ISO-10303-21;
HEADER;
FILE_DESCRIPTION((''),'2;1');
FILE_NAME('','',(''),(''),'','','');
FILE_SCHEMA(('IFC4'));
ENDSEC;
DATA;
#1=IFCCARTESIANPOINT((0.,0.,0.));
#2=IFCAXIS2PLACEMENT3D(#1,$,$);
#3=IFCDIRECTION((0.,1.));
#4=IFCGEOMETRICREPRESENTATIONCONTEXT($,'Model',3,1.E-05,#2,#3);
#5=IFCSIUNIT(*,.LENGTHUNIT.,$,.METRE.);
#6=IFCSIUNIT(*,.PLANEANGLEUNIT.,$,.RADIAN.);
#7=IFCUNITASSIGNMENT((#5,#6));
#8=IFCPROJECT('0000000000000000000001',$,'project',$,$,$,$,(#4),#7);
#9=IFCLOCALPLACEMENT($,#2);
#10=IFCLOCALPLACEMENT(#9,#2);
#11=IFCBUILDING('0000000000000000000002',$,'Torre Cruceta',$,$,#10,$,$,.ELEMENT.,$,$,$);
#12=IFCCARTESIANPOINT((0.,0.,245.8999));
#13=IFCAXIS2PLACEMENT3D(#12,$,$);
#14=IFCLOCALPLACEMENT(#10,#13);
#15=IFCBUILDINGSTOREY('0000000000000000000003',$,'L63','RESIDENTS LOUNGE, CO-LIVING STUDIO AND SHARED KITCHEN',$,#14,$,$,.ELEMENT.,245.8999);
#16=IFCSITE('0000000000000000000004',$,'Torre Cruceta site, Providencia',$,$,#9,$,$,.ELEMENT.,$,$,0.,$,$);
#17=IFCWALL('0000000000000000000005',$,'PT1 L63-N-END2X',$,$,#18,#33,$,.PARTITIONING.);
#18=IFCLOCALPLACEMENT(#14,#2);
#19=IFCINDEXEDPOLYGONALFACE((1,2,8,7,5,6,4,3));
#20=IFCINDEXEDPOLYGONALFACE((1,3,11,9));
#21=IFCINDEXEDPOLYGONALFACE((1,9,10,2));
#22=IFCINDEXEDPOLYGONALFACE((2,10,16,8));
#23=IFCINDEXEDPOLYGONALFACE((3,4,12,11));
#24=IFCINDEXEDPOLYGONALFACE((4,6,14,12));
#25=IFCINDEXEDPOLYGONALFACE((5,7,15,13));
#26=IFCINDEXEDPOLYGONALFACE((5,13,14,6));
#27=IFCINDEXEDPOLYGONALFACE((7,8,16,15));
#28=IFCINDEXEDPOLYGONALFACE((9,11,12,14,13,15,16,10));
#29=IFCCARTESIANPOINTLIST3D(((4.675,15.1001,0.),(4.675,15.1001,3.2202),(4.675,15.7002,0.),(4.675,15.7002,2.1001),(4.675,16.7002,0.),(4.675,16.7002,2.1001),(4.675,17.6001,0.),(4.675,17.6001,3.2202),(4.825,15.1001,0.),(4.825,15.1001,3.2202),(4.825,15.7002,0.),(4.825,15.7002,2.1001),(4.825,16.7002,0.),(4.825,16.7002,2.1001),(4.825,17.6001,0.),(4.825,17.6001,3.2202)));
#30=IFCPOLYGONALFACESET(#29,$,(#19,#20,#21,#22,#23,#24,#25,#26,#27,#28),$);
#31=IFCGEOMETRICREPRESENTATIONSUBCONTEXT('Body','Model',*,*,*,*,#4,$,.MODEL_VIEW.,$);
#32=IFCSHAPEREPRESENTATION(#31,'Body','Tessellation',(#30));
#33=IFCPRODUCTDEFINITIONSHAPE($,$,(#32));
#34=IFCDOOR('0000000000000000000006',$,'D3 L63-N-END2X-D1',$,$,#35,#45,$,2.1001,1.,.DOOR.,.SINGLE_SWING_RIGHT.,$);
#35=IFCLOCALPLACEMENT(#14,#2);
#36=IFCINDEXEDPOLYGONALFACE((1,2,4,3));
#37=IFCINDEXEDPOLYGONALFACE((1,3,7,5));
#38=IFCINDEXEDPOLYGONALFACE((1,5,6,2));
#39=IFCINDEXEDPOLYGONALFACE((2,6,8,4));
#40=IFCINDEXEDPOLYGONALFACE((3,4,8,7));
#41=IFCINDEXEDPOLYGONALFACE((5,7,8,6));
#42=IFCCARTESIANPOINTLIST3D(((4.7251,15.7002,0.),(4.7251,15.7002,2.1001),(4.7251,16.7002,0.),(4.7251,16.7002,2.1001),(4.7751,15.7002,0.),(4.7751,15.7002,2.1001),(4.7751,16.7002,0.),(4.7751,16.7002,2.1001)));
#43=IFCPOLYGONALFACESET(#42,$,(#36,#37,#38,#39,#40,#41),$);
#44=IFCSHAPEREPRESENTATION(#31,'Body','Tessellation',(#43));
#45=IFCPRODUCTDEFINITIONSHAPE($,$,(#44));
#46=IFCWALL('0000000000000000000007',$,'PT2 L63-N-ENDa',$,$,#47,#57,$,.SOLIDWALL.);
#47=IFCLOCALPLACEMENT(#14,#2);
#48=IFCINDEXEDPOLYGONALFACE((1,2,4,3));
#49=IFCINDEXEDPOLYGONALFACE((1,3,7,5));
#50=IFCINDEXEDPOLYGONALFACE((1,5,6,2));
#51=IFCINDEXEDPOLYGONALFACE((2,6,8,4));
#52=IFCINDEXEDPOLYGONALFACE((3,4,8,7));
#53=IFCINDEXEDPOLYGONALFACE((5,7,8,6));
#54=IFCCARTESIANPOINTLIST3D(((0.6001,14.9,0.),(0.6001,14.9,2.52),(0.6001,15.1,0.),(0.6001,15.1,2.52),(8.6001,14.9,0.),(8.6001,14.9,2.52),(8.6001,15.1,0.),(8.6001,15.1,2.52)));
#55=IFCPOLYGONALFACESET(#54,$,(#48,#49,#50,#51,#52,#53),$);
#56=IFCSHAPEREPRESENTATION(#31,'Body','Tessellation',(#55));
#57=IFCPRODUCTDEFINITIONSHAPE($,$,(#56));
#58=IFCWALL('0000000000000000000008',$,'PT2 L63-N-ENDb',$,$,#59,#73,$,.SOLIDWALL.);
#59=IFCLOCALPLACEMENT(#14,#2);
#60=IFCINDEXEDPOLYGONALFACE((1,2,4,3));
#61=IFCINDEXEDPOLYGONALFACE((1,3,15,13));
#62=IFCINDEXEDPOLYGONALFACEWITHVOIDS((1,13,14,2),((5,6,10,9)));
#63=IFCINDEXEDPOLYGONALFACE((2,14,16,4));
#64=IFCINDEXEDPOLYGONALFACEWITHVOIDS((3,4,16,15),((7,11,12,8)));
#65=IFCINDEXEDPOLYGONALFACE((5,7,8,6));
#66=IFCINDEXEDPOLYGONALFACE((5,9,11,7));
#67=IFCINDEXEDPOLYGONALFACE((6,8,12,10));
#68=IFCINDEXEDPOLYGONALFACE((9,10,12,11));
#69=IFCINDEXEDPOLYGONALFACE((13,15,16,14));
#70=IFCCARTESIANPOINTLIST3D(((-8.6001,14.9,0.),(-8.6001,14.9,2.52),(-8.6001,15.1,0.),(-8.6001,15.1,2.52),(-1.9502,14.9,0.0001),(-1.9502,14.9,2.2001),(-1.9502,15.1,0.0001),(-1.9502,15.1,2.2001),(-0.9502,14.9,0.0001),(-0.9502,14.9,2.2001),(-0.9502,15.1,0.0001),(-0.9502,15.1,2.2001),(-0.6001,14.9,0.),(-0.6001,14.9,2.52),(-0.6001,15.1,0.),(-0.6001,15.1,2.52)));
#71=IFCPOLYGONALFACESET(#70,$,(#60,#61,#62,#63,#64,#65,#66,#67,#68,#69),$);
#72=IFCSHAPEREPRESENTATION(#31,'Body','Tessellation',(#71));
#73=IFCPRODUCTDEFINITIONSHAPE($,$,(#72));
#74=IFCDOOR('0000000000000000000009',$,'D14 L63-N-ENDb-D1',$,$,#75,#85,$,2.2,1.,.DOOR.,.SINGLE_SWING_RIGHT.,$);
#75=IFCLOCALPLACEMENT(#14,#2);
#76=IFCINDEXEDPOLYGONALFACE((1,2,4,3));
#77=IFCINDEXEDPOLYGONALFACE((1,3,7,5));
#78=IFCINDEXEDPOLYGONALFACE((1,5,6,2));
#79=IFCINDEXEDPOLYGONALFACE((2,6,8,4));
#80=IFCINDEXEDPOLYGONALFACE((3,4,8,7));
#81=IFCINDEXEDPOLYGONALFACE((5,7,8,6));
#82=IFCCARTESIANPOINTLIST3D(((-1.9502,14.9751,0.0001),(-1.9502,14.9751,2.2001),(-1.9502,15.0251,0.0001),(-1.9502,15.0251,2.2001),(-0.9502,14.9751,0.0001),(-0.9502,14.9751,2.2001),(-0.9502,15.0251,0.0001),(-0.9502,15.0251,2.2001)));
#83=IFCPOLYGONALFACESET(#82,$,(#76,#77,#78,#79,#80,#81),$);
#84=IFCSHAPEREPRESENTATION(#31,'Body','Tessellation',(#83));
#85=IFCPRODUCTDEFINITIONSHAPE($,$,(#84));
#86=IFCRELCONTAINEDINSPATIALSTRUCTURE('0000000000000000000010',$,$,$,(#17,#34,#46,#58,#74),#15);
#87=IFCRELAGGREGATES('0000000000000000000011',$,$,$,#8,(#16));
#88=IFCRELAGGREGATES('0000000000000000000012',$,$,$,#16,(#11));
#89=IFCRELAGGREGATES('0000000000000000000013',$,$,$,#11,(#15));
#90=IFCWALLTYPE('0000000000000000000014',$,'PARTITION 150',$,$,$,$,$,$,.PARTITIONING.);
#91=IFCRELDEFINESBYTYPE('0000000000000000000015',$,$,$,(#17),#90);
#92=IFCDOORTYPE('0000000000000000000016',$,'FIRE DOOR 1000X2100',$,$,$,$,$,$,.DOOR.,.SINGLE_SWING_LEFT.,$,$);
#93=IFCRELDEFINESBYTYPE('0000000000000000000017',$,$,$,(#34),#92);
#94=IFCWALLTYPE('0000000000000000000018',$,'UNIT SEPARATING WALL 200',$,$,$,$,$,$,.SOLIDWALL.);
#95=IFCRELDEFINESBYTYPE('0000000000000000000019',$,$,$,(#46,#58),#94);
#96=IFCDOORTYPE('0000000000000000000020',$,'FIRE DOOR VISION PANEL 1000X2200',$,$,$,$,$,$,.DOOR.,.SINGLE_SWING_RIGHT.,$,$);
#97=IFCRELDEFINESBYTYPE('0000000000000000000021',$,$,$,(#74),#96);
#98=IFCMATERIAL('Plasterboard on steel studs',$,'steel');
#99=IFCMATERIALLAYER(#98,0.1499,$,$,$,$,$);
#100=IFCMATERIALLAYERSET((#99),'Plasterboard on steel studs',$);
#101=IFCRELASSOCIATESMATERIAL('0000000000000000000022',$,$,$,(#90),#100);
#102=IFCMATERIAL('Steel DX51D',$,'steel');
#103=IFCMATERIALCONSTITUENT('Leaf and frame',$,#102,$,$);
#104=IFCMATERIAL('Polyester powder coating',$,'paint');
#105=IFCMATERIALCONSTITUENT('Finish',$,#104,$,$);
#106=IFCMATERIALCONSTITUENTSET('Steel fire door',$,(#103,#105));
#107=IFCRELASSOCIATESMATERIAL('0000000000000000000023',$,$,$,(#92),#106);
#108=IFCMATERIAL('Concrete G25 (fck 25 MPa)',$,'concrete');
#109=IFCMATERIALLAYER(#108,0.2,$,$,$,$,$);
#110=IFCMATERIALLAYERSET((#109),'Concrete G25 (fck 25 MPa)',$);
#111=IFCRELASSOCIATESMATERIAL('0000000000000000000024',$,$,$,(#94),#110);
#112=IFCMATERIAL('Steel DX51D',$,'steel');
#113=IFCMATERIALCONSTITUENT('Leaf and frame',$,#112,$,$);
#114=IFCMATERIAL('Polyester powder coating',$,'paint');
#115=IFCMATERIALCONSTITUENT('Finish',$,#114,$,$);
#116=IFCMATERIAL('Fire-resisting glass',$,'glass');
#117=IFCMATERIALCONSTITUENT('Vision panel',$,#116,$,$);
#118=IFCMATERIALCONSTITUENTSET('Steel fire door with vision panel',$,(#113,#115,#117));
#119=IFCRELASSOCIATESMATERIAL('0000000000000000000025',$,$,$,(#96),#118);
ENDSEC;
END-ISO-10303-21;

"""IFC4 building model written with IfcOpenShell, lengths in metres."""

from ifc_helpers import new_model, si_unit, direction, frame, frame_2d, origin, place, context, subcontext, project, spatial, rectangle, extrude, material, layer, layer_set, constituent, constituent_set, type_object, element, fill, save


model = new_model("IFC4")

# Units and contexts
model_context = context("Model", 3, precision=1e-05, world=origin(), true_north=direction((0.0, 1.0)))
body_context = subcontext(model_context, "Body", "Model", "MODEL_VIEW")
ifc_project = project(units=[si_unit("LENGTHUNIT", "METRE"), si_unit("PLANEANGLEUNIT", "RADIAN")], contexts=[model_context])

# Site, building, storey
site_placement = place(None, origin())
site = spatial("IfcSite", under=ifc_project, at=site_placement, Name="Torre Cruceta site, Providencia", CompositionType="ELEMENT", RefElevation=0.0)
building_placement = place(site_placement, origin())
building = spatial("IfcBuilding", under=site, at=building_placement, Name="Torre Cruceta", CompositionType="ELEMENT")
storey_placement = place(building_placement, frame((0.0, 0.0, 245.8999)))
storey = spatial("IfcBuildingStorey", under=building, at=storey_placement, Name="L63", Description="RESIDENTS LOUNGE, CO-LIVING STUDIO AND SHARED KITCHEN", CompositionType="ELEMENT", Elevation=245.8999)

# Wall, opening, door
ifc_material_1 = material(Name="Plasterboard on steel studs", Category="steel")
ifc_layer_1 = layer(ifc_material_1, 0.1499)
ifc_layer_set_1 = layer_set([ifc_layer_1], Name="Plasterboard on steel studs")
wall_type_1 = type_object("IfcWallType", Name="PARTITION 150", PredefinedType="PARTITIONING", material=ifc_layer_set_1)
wall_1_placement = place(storey_placement, frame((4.75, 15.1001, 0.0), z_axis=(0.0, 0.0, 1.0), x_axis=(0.0, 1.0, 0.0)))
wall_1 = element("IfcWall", 1, at=wall_1_placement, inside=storey, type_object=wall_type_1, Name="PT1 L63-N-END2X", PredefinedType="PARTITIONING", context=body_context, shape_type="SweptSolid", body=[
    extrude(rectangle(XDim=2.5, YDim=0.1499, at=frame_2d((1.25, 0.0))), origin(), (0.0, 0.0, 1.0), 3.2202),
])
opening_1_placement = place(wall_1_placement, frame((0.6001, 0.0, 0.0)))
opening_1 = element("IfcOpeningElement", 2, at=opening_1_placement, cuts=wall_1, PredefinedType="OPENING", context=body_context, shape_type="SweptSolid", body=[
    extrude(rectangle(XDim=1.0, YDim=2.1001, at=frame_2d((0.5, 1.05))), frame((0.0, 0.085, 0.0), z_axis=(0.0, -1.0, 0.0), x_axis=(1.0, 0.0, 0.0)), (0.0, 0.0, 1.0), 0.1699),
])
ifc_material_2 = material(Name="Steel DX51D", Category="steel")
ifc_constituent_1 = constituent(ifc_material_2, Name="Leaf and frame")
ifc_material_3 = material(Name="Polyester powder coating", Category="paint")
ifc_constituent_2 = constituent(ifc_material_3, Name="Finish")
ifc_constituent_set_1 = constituent_set(constituents=[ifc_constituent_1, ifc_constituent_2], Name="Steel fire door")
door_type_1 = type_object("IfcDoorType", Name="FIRE DOOR 1000X2100", OperationType="SINGLE_SWING_LEFT", PredefinedType="DOOR", material=ifc_constituent_set_1)
door_1_placement = place(opening_1_placement, frame((1.0, 0.0, 0.0), z_axis=(0.0, 0.0, 1.0), x_axis=(-1.0, 0.0, 0.0)))
door_1 = element("IfcDoor", 3, at=door_1_placement, inside=storey, type_object=door_type_1, Name="D3 L63-N-END2X-D1", OperationType="SINGLE_SWING_RIGHT", OverallHeight=2.1001, OverallWidth=1.0, PredefinedType="DOOR", context=body_context, shape_type="SweptSolid", body=[
    extrude(rectangle(XDim=1.0, YDim=2.1001, at=frame_2d((0.5, 1.05))), frame((0.0, 0.0251, 0.0), z_axis=(0.0, -1.0, 0.0), x_axis=(1.0, 0.0, 0.0)), (0.0, 0.0, 1.0), 0.05),
])
fill(opening_1, door_1)

# Wall
ifc_material_4 = material(Name="Concrete G25 (fck 25 MPa)", Category="concrete")
ifc_layer_2 = layer(ifc_material_4, 0.2)
ifc_layer_set_2 = layer_set([ifc_layer_2], Name="Concrete G25 (fck 25 MPa)")
wall_type_2 = type_object("IfcWallType", Name="UNIT SEPARATING WALL 200", PredefinedType="SOLIDWALL", material=ifc_layer_set_2)
wall_2_placement = place(storey_placement, frame((8.6001, 15.0, 0.0), z_axis=(0.0, 0.0, 1.0), x_axis=(-1.0, 0.0, 0.0)))
element("IfcWall", 4, at=wall_2_placement, inside=storey, type_object=wall_type_2, Name="PT2 L63-N-ENDa", PredefinedType="SOLIDWALL", context=body_context, shape_type="SweptSolid", body=[
    extrude(rectangle(XDim=8.0, YDim=0.2, at=frame_2d((4.0, 0.0))), origin(), (0.0, 0.0, 1.0), 2.52),
])

# Wall, opening, door
wall_3_placement = place(storey_placement, frame((-0.6001, 15.0, 0.0), z_axis=(0.0, 0.0, 1.0), x_axis=(-1.0, 0.0, 0.0)))
wall_3 = element("IfcWall", 5, at=wall_3_placement, inside=storey, type_object=wall_type_2, Name="PT2 L63-N-ENDb", PredefinedType="SOLIDWALL", context=body_context, shape_type="SweptSolid", body=[
    extrude(rectangle(XDim=8.0, YDim=0.2, at=frame_2d((4.0, 0.0))), origin(), (0.0, 0.0, 1.0), 2.52),
])
opening_2_placement = place(wall_3_placement, frame((0.3501, 0.0, 0.0)))
opening_2 = element("IfcOpeningElement", 6, at=opening_2_placement, cuts=wall_3, PredefinedType="OPENING", context=body_context, shape_type="SweptSolid", body=[
    extrude(rectangle(XDim=1.0, YDim=2.2, at=frame_2d((0.5, 1.1001))), frame((0.0, 0.1099, 0.0), z_axis=(0.0, -1.0, 0.0), x_axis=(1.0, 0.0, 0.0)), (0.0, 0.0, 1.0), 0.22),
])
ifc_material_5 = material(Name="Steel DX51D", Category="steel")
ifc_constituent_3 = constituent(ifc_material_5, Name="Leaf and frame")
ifc_material_6 = material(Name="Polyester powder coating", Category="paint")
ifc_constituent_4 = constituent(ifc_material_6, Name="Finish")
ifc_material_7 = material(Name="Fire-resisting glass", Category="glass")
ifc_constituent_5 = constituent(ifc_material_7, Name="Vision panel")
ifc_constituent_set_2 = constituent_set(constituents=[ifc_constituent_3, ifc_constituent_4, ifc_constituent_5], Name="Steel fire door with vision panel")
door_type_2 = type_object("IfcDoorType", Name="FIRE DOOR VISION PANEL 1000X2200", OperationType="SINGLE_SWING_RIGHT", PredefinedType="DOOR", material=ifc_constituent_set_2)
door_2_placement = place(opening_2_placement, frame((1.0, 0.0, 0.0), z_axis=(0.0, 0.0, 1.0), x_axis=(-1.0, 0.0, 0.0)))
door_2 = element("IfcDoor", 7, at=door_2_placement, inside=storey, type_object=door_type_2, Name="D14 L63-N-ENDb-D1", OperationType="SINGLE_SWING_RIGHT", OverallHeight=2.2, OverallWidth=1.0, PredefinedType="DOOR", context=body_context, shape_type="SweptSolid", body=[
    extrude(rectangle(XDim=1.0, YDim=2.2, at=frame_2d((0.5, 1.1001))), frame((0.0, 0.0251, 0.0), z_axis=(0.0, -1.0, 0.0), x_axis=(1.0, 0.0, 0.0)), (0.0, 0.0, 1.0), 0.05),
])
fill(opening_2, door_2)

save(model, "model.ifc")
